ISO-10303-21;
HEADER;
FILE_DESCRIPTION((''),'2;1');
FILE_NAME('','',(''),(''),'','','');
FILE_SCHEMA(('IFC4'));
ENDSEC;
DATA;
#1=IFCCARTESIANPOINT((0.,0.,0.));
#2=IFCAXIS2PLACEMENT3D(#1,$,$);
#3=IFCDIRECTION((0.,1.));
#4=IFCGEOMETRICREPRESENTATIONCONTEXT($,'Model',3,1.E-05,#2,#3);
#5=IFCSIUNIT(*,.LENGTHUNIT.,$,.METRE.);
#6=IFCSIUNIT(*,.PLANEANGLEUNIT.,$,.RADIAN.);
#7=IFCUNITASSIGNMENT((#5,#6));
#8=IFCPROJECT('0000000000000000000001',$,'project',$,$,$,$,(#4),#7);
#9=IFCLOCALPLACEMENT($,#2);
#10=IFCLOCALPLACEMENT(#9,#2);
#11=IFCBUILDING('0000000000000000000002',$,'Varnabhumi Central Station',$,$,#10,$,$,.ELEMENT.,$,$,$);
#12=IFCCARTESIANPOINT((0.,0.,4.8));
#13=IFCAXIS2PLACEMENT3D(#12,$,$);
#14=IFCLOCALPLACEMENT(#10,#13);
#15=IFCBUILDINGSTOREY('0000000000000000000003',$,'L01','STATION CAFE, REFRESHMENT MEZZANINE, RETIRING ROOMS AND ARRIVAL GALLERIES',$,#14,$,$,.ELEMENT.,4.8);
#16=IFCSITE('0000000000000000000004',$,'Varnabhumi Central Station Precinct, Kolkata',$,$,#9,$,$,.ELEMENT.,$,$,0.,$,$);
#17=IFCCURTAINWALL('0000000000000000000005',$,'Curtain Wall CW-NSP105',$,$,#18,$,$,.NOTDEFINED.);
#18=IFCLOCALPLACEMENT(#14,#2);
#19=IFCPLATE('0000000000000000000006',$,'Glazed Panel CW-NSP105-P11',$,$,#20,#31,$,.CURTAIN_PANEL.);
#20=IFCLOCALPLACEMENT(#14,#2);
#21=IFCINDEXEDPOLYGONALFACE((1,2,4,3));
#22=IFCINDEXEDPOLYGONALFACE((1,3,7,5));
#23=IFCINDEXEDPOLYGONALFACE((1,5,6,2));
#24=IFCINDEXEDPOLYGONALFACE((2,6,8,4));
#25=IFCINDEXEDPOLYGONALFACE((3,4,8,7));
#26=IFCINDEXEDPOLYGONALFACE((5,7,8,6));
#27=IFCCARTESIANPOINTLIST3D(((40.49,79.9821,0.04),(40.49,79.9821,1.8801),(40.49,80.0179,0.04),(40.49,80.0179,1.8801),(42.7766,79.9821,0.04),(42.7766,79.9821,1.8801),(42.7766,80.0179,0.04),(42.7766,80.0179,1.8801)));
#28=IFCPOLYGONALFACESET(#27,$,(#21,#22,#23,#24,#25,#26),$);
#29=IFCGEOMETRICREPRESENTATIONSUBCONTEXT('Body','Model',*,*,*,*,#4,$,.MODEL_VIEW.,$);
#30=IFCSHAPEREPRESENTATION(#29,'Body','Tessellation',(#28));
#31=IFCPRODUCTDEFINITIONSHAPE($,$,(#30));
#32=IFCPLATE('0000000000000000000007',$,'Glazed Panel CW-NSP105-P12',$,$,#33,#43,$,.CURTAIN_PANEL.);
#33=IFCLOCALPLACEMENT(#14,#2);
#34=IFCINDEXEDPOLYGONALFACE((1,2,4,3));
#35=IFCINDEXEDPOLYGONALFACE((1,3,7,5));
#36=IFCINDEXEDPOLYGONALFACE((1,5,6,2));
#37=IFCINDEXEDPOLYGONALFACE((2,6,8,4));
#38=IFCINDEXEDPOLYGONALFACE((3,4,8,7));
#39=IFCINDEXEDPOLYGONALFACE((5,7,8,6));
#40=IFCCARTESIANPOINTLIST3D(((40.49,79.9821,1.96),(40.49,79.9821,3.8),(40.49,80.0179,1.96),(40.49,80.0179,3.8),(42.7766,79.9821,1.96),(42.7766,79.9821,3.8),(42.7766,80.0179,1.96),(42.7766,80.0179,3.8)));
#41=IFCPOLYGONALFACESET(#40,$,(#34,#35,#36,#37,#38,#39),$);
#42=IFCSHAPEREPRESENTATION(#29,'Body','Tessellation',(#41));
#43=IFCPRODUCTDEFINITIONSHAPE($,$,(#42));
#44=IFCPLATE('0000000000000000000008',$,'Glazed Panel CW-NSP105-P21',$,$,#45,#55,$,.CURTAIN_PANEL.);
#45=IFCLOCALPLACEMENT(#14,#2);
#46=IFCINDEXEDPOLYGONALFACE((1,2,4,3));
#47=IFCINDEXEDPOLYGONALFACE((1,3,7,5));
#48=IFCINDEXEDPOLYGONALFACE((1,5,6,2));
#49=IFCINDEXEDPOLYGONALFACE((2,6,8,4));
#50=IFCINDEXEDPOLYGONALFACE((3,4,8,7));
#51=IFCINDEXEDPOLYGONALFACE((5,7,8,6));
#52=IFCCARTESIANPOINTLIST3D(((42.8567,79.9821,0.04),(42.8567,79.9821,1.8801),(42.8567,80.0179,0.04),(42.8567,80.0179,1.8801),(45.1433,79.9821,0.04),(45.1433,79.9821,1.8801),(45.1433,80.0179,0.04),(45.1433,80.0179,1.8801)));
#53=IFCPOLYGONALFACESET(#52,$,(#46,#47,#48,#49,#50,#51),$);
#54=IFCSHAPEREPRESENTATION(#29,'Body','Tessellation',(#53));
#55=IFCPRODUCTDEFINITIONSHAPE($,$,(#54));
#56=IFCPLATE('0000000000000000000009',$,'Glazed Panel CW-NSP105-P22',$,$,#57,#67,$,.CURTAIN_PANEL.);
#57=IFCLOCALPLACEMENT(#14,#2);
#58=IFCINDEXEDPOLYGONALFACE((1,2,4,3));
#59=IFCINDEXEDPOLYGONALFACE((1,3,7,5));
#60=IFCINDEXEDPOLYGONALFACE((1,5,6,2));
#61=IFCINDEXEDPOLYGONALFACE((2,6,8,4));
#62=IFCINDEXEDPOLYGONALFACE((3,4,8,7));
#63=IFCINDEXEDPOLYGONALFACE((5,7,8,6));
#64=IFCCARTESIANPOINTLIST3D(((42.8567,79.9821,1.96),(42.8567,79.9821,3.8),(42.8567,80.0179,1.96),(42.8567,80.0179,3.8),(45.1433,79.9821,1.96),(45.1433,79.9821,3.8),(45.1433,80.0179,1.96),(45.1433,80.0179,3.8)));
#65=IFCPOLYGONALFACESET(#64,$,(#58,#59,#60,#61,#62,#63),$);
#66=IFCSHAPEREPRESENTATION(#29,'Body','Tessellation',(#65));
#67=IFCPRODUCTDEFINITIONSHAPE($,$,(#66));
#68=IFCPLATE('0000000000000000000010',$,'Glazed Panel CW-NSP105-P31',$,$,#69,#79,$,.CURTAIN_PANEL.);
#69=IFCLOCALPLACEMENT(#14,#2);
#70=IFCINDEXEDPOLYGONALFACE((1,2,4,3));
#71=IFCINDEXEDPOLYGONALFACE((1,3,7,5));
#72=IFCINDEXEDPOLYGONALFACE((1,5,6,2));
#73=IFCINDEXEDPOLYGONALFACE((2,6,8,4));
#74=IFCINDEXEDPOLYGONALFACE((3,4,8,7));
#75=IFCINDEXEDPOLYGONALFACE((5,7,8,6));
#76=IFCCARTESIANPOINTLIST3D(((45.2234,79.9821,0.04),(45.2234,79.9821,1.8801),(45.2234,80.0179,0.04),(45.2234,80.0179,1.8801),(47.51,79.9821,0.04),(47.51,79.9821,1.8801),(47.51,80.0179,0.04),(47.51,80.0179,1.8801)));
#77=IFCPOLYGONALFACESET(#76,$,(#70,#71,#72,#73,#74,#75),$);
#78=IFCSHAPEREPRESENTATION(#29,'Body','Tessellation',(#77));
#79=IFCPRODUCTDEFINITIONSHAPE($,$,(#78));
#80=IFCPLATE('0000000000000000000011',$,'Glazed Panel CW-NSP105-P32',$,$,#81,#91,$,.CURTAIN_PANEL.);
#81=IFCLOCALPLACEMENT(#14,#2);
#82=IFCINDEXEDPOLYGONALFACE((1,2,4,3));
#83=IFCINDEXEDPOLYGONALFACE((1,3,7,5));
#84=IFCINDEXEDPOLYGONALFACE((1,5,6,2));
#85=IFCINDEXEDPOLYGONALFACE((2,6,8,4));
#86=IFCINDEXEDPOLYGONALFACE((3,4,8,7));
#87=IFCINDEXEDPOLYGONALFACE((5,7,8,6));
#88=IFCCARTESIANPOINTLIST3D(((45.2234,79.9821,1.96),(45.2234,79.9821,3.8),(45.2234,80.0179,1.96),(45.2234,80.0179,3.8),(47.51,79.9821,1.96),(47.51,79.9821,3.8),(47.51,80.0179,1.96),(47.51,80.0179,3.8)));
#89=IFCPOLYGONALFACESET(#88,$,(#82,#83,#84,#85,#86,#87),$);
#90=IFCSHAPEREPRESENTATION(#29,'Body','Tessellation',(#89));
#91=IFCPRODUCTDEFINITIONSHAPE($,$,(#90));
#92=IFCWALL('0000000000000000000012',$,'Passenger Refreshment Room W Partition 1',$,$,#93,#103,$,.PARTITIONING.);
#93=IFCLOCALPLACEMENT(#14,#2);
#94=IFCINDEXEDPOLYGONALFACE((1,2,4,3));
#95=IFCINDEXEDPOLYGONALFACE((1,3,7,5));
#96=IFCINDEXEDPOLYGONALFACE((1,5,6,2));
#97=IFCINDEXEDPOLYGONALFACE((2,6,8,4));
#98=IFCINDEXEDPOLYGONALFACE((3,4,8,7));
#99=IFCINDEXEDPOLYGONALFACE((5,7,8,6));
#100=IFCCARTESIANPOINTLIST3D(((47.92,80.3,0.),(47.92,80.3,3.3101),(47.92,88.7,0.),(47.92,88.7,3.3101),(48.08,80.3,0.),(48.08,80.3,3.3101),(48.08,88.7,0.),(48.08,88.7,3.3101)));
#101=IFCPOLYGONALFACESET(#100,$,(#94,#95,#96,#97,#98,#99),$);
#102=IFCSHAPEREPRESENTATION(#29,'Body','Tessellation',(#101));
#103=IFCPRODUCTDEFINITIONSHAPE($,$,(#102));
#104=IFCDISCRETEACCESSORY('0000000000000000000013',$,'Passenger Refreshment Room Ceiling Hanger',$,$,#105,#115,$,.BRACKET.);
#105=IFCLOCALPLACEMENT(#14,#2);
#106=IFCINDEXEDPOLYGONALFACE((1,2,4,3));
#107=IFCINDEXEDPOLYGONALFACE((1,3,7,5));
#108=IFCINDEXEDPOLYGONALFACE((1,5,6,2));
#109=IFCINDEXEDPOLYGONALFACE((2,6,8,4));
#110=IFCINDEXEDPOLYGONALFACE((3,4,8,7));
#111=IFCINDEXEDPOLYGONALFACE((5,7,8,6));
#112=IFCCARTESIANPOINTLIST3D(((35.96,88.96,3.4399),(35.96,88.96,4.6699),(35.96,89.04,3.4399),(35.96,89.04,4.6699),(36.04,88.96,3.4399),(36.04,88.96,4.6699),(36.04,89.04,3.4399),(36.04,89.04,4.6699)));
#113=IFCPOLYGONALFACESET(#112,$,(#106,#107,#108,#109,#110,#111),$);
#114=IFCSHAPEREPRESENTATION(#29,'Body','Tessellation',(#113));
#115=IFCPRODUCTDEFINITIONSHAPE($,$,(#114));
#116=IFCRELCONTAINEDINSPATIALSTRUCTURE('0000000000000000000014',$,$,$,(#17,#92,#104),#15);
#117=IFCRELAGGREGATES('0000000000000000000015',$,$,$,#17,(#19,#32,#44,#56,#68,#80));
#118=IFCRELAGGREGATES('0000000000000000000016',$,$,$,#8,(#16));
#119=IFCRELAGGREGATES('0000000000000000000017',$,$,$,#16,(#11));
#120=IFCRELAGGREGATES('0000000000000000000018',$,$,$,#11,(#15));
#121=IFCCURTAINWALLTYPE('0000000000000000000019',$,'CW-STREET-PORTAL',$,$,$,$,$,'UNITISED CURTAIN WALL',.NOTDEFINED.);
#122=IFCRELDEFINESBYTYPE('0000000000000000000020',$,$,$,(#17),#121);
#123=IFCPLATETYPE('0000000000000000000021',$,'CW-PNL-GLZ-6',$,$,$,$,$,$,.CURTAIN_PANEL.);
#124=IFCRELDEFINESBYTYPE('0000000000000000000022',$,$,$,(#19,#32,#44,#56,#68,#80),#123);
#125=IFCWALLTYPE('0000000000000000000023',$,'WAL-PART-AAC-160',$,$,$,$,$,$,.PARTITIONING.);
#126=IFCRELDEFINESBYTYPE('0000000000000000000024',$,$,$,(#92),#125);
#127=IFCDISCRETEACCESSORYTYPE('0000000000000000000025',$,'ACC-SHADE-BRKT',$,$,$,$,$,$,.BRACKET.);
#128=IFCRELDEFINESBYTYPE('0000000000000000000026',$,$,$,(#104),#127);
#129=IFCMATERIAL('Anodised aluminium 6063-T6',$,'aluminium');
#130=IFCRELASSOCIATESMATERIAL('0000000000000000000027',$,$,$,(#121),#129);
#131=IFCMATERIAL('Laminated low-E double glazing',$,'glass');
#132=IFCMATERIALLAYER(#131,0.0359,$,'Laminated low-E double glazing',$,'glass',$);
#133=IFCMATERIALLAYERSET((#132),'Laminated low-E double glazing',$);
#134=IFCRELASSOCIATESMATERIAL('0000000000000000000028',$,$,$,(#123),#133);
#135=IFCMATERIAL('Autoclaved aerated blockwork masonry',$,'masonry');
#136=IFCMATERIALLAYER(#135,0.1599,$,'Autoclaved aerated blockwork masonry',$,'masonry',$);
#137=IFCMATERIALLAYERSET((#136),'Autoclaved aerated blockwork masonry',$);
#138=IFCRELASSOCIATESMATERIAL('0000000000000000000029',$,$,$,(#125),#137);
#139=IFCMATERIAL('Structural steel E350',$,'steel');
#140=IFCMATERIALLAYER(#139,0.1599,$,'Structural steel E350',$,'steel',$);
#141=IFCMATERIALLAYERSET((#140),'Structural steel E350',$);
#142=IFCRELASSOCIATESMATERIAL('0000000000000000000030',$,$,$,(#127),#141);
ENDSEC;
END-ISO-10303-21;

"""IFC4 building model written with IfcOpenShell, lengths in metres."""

from ifc_helpers import new_model, si_unit, direction, frame, frame_2d, origin, origin_2d, place, context, subcontext, project, spatial, rectangle, extrude, material, layer, layer_set, type_object, element, aggregate, save


model = new_model("IFC4")

# Units and contexts
model_context = context("Model", 3, precision=1e-05, world=origin(), true_north=direction((0.0, 1.0)))
body_context = subcontext(model_context, "Body", "Model", "MODEL_VIEW")
ifc_project = project(units=[si_unit("LENGTHUNIT", "METRE"), si_unit("PLANEANGLEUNIT", "RADIAN")], contexts=[model_context])

# Site, building, storey
site_placement = place(None, origin())
site = spatial("IfcSite", under=ifc_project, at=site_placement, Name="Varnabhumi Central Station Precinct, Kolkata", CompositionType="ELEMENT", RefElevation=0.0)
building_placement = place(site_placement, origin())
building = spatial("IfcBuilding", under=site, at=building_placement, Name="Varnabhumi Central Station", CompositionType="ELEMENT")
storey_placement = place(building_placement, frame((0.0, 0.0, 4.8)))
storey = spatial("IfcBuildingStorey", under=building, at=storey_placement, Name="L01", Description="STATION CAFE, REFRESHMENT MEZZANINE, RETIRING ROOMS AND ARRIVAL GALLERIES", CompositionType="ELEMENT", Elevation=4.8)

# Shared definitions
ifc_material_1 = material(Name="Structural steel E350", Category="steel")

# Curtain wall
ifc_material_2 = material(Name="Anodised aluminium 6063-T6", Category="aluminium")
curtain_wall_type_1 = type_object("IfcCurtainWallType", Name="CW-STREET-PORTAL", ElementType="UNITISED CURTAIN WALL", PredefinedType="NOTDEFINED", material=ifc_material_2)
curtain_wall_1_placement = place(storey_placement, origin())
curtain_wall_1 = element("IfcCurtainWall", 1, at=curtain_wall_1_placement, inside=storey, type_object=curtain_wall_type_1, Name="Curtain Wall CW-NSP105", PredefinedType="NOTDEFINED")

# Plates
ifc_material_3 = material(Name="Laminated low-E double glazing", Category="glass")
ifc_layer_1 = layer(ifc_material_3, 0.0359, Name="Laminated low-E double glazing", Category="glass")
ifc_layer_set_1 = layer_set([ifc_layer_1], Name="Laminated low-E double glazing")
plate_type_1 = type_object("IfcPlateType", Name="CW-PNL-GLZ-6", PredefinedType="CURTAIN_PANEL", material=ifc_layer_set_1)
plate_1_placement = place(storey_placement, frame((41.6333, 80.0, 0.04), z_axis=(0.0, 0.0, 1.0), x_axis=(1.0, 0.0, 0.0)))
plate_1 = element("IfcPlate", 2, at=plate_1_placement, type_object=plate_type_1, Name="Glazed Panel CW-NSP105-P11", PredefinedType="CURTAIN_PANEL", context=body_context, shape_type="SweptSolid", body=[
    extrude(rectangle(XDim=2.2866, YDim=0.0359, at=origin_2d()), origin(), (0.0, 0.0, 1.0), 1.8401),
])
plate_2_placement = place(storey_placement, frame((41.6333, 80.0, 1.96), z_axis=(0.0, 0.0, 1.0), x_axis=(1.0, 0.0, 0.0)))
plate_2 = element("IfcPlate", 3, at=plate_2_placement, type_object=plate_type_1, Name="Glazed Panel CW-NSP105-P12", PredefinedType="CURTAIN_PANEL", context=body_context, shape_type="SweptSolid", body=[
    extrude(rectangle(XDim=2.2866, YDim=0.0359, at=origin_2d()), origin(), (0.0, 0.0, 1.0), 1.8401),
])
plate_3_placement = place(storey_placement, frame((44.0, 80.0, 0.04), z_axis=(0.0, 0.0, 1.0), x_axis=(1.0, 0.0, 0.0)))
plate_3 = element("IfcPlate", 4, at=plate_3_placement, type_object=plate_type_1, Name="Glazed Panel CW-NSP105-P21", PredefinedType="CURTAIN_PANEL", context=body_context, shape_type="SweptSolid", body=[
    extrude(rectangle(XDim=2.2866, YDim=0.0359, at=origin_2d()), origin(), (0.0, 0.0, 1.0), 1.8401),
])
plate_4_placement = place(storey_placement, frame((44.0, 80.0, 1.96), z_axis=(0.0, 0.0, 1.0), x_axis=(1.0, 0.0, 0.0)))
plate_4 = element("IfcPlate", 5, at=plate_4_placement, type_object=plate_type_1, Name="Glazed Panel CW-NSP105-P22", PredefinedType="CURTAIN_PANEL", context=body_context, shape_type="SweptSolid", body=[
    extrude(rectangle(XDim=2.2866, YDim=0.0359, at=origin_2d()), origin(), (0.0, 0.0, 1.0), 1.8401),
])
plate_5_placement = place(storey_placement, frame((46.3667, 80.0, 0.04), z_axis=(0.0, 0.0, 1.0), x_axis=(1.0, 0.0, 0.0)))
plate_5 = element("IfcPlate", 6, at=plate_5_placement, type_object=plate_type_1, Name="Glazed Panel CW-NSP105-P31", PredefinedType="CURTAIN_PANEL", context=body_context, shape_type="SweptSolid", body=[
    extrude(rectangle(XDim=2.2866, YDim=0.0359, at=origin_2d()), origin(), (0.0, 0.0, 1.0), 1.8401),
])
plate_6_placement = place(storey_placement, frame((46.3667, 80.0, 1.96), z_axis=(0.0, 0.0, 1.0), x_axis=(1.0, 0.0, 0.0)))
plate_6 = element("IfcPlate", 7, at=plate_6_placement, type_object=plate_type_1, Name="Glazed Panel CW-NSP105-P32", PredefinedType="CURTAIN_PANEL", context=body_context, shape_type="SweptSolid", body=[
    extrude(rectangle(XDim=2.2866, YDim=0.0359, at=origin_2d()), origin(), (0.0, 0.0, 1.0), 1.8401),
])
aggregate(curtain_wall_1, [plate_1, plate_2, plate_3, plate_4, plate_5, plate_6])

# Wall
ifc_material_4 = material(Name="Autoclaved aerated blockwork masonry", Category="masonry")
ifc_layer_2 = layer(ifc_material_4, 0.1599, Name="Autoclaved aerated blockwork masonry", Category="masonry")
ifc_layer_set_2 = layer_set([ifc_layer_2], Name="Autoclaved aerated blockwork masonry")
wall_type = type_object("IfcWallType", Name="WAL-PART-AAC-160", PredefinedType="PARTITIONING", material=ifc_layer_set_2)
wall_placement = place(storey_placement, frame((48.0, 80.3, 0.0), z_axis=(0.0, 0.0, 1.0), x_axis=(0.0, 1.0, 0.0)))
element("IfcWall", 8, at=wall_placement, inside=storey, type_object=wall_type, Name="Passenger Refreshment Room W Partition 1", PredefinedType="PARTITIONING", context=body_context, shape_type="SweptSolid", body=[
    extrude(rectangle(XDim=8.3999, YDim=0.1599, at=frame_2d((4.2, 0.0))), origin(), (0.0, 0.0, 1.0), 3.3101),
])

# Discrete accessory
ifc_layer_3 = layer(ifc_material_1, 0.1599, Name="Structural steel E350", Category="steel")
ifc_layer_set_3 = layer_set([ifc_layer_3], Name="Structural steel E350")
discrete_accessory_type = type_object("IfcDiscreteAccessoryType", Name="ACC-SHADE-BRKT", PredefinedType="BRACKET", material=ifc_layer_set_3)
discrete_accessory_placement = place(storey_placement, frame((36.0, 89.0, 3.4399), z_axis=(0.0, 0.0, 1.0), x_axis=(1.0, 0.0, 0.0)))
element("IfcDiscreteAccessory", 9, at=discrete_accessory_placement, inside=storey, type_object=discrete_accessory_type, Name="Passenger Refreshment Room Ceiling Hanger", PredefinedType="BRACKET", context=body_context, shape_type="SweptSolid", body=[
    extrude(rectangle(XDim=0.0801, YDim=0.0801, at=origin_2d()), origin(), (0.0, 0.0, 1.0), 1.23),
])

save(model, "model.ifc")
